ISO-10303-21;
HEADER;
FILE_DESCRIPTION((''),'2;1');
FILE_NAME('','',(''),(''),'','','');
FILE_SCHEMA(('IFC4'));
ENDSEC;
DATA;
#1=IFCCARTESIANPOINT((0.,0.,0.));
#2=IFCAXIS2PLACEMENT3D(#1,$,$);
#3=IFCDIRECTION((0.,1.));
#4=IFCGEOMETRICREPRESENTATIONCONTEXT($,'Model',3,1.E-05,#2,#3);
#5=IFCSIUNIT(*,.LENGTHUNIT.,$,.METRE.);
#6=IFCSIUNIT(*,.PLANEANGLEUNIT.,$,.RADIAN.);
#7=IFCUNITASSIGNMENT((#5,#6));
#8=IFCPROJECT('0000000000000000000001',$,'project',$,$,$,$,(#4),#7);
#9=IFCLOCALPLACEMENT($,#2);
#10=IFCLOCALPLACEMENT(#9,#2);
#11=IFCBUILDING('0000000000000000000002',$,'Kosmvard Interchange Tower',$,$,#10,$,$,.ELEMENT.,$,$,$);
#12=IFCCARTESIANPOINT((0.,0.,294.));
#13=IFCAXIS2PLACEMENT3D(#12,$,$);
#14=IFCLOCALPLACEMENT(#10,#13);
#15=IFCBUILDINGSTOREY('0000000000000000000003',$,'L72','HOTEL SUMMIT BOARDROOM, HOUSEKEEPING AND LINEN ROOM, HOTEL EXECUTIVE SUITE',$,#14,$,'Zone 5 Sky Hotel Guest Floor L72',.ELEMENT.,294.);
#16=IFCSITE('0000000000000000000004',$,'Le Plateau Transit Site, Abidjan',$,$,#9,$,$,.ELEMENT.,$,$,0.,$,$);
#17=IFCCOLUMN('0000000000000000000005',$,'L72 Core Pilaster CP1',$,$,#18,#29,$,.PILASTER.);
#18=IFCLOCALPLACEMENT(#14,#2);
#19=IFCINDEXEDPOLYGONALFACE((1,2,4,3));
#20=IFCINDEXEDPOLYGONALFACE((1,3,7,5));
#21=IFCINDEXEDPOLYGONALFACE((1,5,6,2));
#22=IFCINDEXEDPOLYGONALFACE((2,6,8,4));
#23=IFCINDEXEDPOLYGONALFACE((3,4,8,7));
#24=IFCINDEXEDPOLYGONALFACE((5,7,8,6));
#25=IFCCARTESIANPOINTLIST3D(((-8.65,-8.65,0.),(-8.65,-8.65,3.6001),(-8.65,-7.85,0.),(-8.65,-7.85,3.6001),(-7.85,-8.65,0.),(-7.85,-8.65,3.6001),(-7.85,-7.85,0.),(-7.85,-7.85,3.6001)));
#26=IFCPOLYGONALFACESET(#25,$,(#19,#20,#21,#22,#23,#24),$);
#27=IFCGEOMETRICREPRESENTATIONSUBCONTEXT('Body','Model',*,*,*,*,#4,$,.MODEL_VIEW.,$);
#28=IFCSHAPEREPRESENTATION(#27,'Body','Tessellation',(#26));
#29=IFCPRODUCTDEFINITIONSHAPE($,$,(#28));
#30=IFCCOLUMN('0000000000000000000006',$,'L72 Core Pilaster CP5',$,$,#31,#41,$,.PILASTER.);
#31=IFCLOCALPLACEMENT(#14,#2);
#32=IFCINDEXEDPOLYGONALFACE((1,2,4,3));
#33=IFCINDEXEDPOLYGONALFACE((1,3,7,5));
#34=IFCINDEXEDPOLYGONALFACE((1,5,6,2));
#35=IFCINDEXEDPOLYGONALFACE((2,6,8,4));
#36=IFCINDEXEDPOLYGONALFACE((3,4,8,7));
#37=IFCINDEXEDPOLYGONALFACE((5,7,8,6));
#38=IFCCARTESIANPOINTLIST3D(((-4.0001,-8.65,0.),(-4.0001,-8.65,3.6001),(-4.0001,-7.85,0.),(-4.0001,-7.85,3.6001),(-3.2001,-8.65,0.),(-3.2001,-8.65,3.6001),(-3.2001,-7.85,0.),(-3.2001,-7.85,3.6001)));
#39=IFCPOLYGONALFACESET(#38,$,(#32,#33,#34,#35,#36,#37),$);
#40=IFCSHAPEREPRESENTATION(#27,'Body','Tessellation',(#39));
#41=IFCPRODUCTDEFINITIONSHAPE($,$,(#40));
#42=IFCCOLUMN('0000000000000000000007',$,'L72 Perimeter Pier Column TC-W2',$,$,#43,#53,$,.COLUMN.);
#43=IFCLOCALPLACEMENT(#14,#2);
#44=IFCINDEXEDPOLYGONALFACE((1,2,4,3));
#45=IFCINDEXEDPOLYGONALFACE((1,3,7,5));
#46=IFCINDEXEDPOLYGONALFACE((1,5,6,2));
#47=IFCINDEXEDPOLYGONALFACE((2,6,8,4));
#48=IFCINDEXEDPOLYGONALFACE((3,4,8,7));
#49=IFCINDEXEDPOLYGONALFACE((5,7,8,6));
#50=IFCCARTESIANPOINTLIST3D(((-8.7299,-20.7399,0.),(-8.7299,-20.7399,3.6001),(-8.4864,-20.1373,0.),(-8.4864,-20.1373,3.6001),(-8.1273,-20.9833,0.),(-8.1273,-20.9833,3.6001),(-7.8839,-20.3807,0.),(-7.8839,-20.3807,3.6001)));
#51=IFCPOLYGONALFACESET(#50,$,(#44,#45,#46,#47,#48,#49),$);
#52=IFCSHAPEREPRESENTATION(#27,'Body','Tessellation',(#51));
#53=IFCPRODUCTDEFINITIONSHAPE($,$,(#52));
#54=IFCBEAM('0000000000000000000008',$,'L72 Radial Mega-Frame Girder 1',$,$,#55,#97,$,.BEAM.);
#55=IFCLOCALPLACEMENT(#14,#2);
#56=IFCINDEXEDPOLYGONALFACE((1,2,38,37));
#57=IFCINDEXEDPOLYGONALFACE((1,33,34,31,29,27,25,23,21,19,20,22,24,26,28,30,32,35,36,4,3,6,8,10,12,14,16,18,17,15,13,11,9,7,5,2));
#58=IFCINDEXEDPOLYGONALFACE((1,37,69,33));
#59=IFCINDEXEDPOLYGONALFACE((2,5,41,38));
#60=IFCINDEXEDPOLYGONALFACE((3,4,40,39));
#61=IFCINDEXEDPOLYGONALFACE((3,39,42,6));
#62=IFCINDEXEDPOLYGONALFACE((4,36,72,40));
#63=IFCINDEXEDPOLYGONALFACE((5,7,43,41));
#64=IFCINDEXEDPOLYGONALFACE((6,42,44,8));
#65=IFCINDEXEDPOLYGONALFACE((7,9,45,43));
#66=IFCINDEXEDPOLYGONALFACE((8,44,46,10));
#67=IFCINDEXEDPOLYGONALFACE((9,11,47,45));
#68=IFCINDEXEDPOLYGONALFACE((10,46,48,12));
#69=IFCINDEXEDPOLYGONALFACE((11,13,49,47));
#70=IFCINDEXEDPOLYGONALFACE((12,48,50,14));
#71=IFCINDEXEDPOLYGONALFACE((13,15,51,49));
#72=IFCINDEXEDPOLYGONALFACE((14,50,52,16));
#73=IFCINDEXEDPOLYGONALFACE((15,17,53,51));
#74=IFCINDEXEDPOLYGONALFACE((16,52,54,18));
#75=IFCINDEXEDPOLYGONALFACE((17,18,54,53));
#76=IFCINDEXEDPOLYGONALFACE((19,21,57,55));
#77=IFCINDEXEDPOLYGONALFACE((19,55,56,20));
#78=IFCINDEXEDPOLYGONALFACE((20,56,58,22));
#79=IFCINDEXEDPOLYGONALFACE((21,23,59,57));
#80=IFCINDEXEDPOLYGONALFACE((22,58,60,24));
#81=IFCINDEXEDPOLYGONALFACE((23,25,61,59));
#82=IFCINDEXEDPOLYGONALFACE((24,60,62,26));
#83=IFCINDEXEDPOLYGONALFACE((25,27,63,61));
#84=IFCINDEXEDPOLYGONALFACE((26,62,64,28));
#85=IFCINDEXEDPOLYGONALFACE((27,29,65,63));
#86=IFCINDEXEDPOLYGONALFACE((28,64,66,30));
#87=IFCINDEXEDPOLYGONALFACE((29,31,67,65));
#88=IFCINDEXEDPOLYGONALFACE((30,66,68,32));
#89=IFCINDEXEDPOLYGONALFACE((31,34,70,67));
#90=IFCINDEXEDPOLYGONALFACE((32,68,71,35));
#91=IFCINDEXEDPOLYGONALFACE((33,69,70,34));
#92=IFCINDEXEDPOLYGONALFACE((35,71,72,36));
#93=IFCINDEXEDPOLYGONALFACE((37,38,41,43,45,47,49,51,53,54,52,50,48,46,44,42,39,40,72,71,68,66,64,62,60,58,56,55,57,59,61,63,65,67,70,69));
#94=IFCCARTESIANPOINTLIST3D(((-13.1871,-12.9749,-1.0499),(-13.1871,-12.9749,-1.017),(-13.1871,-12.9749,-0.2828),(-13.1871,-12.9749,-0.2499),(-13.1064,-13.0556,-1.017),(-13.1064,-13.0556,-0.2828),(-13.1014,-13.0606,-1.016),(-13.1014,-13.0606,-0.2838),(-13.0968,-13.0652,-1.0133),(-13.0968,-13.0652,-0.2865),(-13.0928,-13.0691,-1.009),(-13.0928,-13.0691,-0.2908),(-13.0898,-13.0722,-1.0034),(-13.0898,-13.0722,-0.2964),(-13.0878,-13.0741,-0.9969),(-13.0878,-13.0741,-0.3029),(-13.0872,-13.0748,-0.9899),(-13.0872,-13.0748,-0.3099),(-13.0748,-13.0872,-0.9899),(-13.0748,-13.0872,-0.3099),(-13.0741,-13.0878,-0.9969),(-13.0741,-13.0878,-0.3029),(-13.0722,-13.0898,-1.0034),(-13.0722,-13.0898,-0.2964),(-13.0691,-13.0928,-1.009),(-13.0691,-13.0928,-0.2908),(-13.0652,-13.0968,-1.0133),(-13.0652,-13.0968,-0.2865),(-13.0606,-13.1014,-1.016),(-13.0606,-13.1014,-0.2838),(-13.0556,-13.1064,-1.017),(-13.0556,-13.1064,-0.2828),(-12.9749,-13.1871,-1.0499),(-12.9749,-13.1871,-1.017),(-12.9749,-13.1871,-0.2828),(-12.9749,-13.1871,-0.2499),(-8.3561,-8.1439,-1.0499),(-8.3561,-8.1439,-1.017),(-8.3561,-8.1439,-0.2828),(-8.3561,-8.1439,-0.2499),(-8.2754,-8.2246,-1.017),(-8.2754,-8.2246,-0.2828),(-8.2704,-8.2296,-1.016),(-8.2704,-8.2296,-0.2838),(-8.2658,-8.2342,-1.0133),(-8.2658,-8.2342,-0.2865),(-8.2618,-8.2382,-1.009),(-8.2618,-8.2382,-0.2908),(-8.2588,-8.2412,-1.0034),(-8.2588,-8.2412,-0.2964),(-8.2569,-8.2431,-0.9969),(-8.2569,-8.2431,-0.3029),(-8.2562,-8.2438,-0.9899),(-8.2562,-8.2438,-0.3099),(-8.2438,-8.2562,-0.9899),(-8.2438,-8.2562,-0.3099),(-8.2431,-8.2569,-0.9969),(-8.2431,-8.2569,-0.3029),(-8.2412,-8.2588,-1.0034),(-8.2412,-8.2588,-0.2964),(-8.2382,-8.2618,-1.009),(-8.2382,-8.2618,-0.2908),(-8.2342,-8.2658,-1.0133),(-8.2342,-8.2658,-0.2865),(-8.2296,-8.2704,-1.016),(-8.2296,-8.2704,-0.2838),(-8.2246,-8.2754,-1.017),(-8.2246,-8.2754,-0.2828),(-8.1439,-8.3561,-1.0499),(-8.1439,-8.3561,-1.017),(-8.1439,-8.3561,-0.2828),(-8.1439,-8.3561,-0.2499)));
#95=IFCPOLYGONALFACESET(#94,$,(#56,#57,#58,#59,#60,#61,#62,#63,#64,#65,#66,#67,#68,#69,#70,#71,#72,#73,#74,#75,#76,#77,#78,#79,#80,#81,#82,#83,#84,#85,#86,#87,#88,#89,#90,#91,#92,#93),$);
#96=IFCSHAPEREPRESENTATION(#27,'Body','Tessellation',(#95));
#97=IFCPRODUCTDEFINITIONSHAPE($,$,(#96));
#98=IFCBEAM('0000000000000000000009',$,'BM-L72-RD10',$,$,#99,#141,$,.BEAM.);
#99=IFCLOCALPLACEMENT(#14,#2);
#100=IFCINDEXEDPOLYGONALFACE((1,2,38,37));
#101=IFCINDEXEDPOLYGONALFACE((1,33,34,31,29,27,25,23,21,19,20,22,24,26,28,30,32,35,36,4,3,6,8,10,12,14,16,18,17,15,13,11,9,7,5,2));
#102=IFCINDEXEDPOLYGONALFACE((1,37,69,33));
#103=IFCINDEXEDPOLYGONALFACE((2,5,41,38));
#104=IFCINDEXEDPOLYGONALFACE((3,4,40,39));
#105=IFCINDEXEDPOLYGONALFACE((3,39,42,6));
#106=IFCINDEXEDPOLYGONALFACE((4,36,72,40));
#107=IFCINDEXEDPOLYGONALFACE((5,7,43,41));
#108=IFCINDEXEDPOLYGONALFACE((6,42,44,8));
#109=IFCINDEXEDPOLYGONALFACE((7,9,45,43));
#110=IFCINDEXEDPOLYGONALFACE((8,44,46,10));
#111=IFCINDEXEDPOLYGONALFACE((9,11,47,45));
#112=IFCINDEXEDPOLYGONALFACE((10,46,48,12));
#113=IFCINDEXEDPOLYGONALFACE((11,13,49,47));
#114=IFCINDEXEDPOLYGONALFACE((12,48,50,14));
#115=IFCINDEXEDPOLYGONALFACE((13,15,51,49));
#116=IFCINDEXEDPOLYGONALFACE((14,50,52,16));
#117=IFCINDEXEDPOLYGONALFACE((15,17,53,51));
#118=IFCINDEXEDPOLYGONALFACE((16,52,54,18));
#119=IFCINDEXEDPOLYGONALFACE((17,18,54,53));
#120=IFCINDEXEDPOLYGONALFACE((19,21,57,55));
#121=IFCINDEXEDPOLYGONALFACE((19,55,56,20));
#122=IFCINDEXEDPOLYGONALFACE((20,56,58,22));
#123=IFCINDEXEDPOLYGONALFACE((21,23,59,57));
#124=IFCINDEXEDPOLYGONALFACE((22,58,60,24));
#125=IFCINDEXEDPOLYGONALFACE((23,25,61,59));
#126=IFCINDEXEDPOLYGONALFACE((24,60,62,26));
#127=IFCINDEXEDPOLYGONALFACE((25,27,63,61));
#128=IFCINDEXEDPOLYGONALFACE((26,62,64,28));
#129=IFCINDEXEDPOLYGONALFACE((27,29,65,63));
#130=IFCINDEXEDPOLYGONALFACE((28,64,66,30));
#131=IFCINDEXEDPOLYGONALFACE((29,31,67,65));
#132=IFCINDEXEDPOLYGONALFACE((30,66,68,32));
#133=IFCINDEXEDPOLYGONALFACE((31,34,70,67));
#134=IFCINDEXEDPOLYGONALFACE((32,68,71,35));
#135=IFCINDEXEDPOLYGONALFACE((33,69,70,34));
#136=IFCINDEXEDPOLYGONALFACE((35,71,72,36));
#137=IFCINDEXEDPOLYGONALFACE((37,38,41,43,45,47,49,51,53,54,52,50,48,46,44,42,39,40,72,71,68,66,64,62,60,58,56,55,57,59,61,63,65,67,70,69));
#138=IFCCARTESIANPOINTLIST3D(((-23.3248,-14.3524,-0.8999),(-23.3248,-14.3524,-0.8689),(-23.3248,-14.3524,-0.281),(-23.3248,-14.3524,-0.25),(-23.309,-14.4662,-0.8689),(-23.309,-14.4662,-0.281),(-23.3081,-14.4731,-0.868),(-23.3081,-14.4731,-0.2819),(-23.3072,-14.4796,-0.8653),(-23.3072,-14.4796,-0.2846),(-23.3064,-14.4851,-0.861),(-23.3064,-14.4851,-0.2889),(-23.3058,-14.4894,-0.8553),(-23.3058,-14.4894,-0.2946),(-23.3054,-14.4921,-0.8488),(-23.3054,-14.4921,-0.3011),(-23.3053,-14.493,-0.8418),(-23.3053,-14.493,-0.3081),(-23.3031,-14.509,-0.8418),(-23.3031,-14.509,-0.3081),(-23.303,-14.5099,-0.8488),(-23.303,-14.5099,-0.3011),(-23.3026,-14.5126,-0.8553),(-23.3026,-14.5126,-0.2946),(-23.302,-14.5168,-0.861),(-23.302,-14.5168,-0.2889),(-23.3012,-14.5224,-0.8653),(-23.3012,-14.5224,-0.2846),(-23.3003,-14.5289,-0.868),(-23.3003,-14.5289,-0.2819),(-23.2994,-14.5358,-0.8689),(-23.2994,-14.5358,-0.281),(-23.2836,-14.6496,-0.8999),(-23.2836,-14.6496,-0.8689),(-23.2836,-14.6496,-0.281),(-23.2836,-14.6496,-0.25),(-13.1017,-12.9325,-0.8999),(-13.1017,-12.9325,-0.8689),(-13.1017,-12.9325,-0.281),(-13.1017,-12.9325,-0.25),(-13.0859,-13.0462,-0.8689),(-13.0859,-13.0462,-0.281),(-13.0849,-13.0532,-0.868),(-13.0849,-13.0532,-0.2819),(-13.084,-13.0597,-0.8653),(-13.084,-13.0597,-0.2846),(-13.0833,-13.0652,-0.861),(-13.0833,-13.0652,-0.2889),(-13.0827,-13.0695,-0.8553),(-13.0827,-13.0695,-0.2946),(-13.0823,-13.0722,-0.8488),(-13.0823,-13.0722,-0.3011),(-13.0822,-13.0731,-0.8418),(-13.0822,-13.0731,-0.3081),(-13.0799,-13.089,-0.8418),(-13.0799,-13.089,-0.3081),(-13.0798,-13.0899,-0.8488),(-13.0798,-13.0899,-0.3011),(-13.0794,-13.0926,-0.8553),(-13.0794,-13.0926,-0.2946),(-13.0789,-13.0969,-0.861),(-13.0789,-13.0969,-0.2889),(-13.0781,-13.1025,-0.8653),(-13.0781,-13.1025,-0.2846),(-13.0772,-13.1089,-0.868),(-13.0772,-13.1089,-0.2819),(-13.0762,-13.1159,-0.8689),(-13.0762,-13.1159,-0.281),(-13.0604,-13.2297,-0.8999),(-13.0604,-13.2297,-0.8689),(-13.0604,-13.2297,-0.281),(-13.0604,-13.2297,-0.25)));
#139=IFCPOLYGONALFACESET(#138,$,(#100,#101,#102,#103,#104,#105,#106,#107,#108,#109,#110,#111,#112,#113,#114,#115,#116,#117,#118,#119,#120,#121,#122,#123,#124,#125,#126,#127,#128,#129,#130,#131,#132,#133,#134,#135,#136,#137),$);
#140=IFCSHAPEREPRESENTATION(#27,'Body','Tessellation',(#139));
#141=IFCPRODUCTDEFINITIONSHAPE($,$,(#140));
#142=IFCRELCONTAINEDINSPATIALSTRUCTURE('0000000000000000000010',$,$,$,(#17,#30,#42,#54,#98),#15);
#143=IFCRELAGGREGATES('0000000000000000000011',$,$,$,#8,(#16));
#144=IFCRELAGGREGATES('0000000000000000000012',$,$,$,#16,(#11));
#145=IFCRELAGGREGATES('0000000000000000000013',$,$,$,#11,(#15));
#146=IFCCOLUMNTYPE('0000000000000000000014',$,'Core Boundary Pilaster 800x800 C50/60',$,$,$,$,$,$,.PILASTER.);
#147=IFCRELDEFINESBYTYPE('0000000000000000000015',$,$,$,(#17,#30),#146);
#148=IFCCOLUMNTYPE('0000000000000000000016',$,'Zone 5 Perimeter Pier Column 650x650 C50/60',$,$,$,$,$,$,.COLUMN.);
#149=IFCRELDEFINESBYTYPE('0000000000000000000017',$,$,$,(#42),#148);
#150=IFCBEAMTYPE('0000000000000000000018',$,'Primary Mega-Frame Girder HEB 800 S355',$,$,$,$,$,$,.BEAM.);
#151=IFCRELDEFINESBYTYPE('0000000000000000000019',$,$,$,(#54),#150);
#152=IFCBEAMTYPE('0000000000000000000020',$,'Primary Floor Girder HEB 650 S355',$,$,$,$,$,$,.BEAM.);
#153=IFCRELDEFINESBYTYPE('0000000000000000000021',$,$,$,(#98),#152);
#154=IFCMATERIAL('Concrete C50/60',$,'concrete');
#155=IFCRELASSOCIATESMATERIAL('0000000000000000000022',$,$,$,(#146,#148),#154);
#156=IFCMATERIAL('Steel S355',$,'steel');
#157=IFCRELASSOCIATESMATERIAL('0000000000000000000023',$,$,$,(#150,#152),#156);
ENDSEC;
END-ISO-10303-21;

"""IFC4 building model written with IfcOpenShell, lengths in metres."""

from ifc_helpers import new_model, si_unit, direction, frame, origin, origin_2d, place, context, subcontext, project, spatial, rectangle, i_section, extrude, source, transform, mapped, material, material_profile, profile_set, type_object, element, save


model = new_model("IFC4")

# Units and contexts
model_context = context("Model", 3, precision=1e-05, world=origin(), true_north=direction((0.0, 1.0)))
body_context = subcontext(model_context, "Body", "Model", "MODEL_VIEW")
ifc_project = project(units=[si_unit("LENGTHUNIT", "METRE"), si_unit("PLANEANGLEUNIT", "RADIAN")], contexts=[model_context])

# Site, building, storey
site_placement = place(None, origin())
site = spatial("IfcSite", under=ifc_project, at=site_placement, Name="Le Plateau Transit Site, Abidjan", CompositionType="ELEMENT", RefElevation=0.0)
building_placement = place(site_placement, origin())
building = spatial("IfcBuilding", under=site, at=building_placement, Name="Kosmvard Interchange Tower", CompositionType="ELEMENT")
storey_placement = place(building_placement, frame((0.0, 0.0, 294.0)))
storey = spatial("IfcBuildingStorey", under=building, at=storey_placement, Name="L72", Description="HOTEL SUMMIT BOARDROOM, HOUSEKEEPING AND LINEN ROOM, HOTEL EXECUTIVE SUITE", LongName="Zone 5 Sky Hotel Guest Floor L72", CompositionType="ELEMENT", Elevation=294.0)

# Columns
ifc_material_1 = material(Name="Concrete C50/60", Category="concrete")
ifc_material_profile_1 = material_profile(ifc_material_1, rectangle(XDim=0.8, YDim=0.8, at=origin_2d()), Name="CP 800x800")
ifc_profile_set_1 = profile_set([ifc_material_profile_1], Name="Concrete C50/60")
column_type_1 = type_object("IfcColumnType", Name="Core Boundary Pilaster 800x800 C50/60", PredefinedType="PILASTER", material=ifc_profile_set_1)
shared_shape_1 = source(origin(), body_context, "Body", "SweptSolid", [
    extrude(rectangle(XDim=0.8, YDim=0.8, at=origin_2d()), origin(), (0.0, 0.0, 1.0), 3.6001),
])
for number, where, z_axis, x_axis, name in (
    (1, (-8.25, -8.25, 0.0), (0.0, 0.0, 1.0), (1.0, 0.0, 0.0), "L72 Core Pilaster CP1"),
    (2, (-3.6001, -8.25, 0.0), (0.0, 0.0, 1.0), (1.0, 0.0, 0.0), "L72 Core Pilaster CP5"),
):
    element("IfcColumn", number, at=place(storey_placement, frame(where, z_axis=z_axis, x_axis=x_axis)), inside=storey, type_object=column_type_1, Name=name, PredefinedType="PILASTER", context=body_context, shape_type="MappedRepresentation", body=[
        mapped(shared_shape_1, transform((0.0, 0.0, 0.0), scale=1.0)),
    ])
ifc_material_profile_2 = material_profile(ifc_material_1, rectangle(XDim=0.6499, YDim=0.6499, at=origin_2d()), Name="TC 650x650")
ifc_profile_set_2 = profile_set([ifc_material_profile_2], Name="Concrete C50/60")
column_type_2 = type_object("IfcColumnType", Name="Zone 5 Perimeter Pier Column 650x650 C50/60", PredefinedType="COLUMN", material=ifc_profile_set_2)
shared_shape_2 = source(origin(), body_context, "Body", "SweptSolid", [
    extrude(rectangle(XDim=0.6499, YDim=0.6499, at=origin_2d()), origin(), (0.0, 0.0, 1.0), 3.6001),
])
column_placement = place(storey_placement, frame((-8.3069, -20.5603, 0.0), z_axis=(0.0, 0.0, 1.0), x_axis=(0.374607, 0.927184, 0.0)))
element("IfcColumn", 3, at=column_placement, inside=storey, type_object=column_type_2, Name="L72 Perimeter Pier Column TC-W2", PredefinedType="COLUMN", context=body_context, shape_type="MappedRepresentation", body=[
    mapped(shared_shape_2, transform((0.0, 0.0, 0.0), scale=1.0)),
])

# Beams
ifc_material_2 = material(Name="Steel S355", Category="steel")
ifc_material_profile_3 = material_profile(ifc_material_2, i_section(OverallWidth=0.3, OverallDepth=0.8, WebThickness=0.0176, FlangeThickness=0.033, FilletRadius=0.0271, at=origin_2d()), Name="HEB 800")
ifc_profile_set_3 = profile_set([ifc_material_profile_3], Name="Steel S355")
beam_type_1 = type_object("IfcBeamType", Name="Primary Mega-Frame Girder HEB 800 S355", PredefinedType="BEAM", material=ifc_profile_set_3)
shared_shape_3 = source(origin(), body_context, "Body", "SweptSolid", [
    extrude(i_section(OverallWidth=0.3, OverallDepth=0.8, WebThickness=0.0176, FlangeThickness=0.033, FilletRadius=0.0271, at=origin_2d()), origin(), (0.0, 0.0, 1.0), 6.832),
])
beam_1_placement = place(storey_placement, frame((-8.25, -8.25, -0.6499), z_axis=(-0.707107, -0.707107, 0.0), x_axis=(0.707107, -0.707107, 0.0)))
element("IfcBeam", 4, at=beam_1_placement, inside=storey, type_object=beam_type_1, Name="L72 Radial Mega-Frame Girder 1", PredefinedType="BEAM", context=body_context, shape_type="MappedRepresentation", body=[
    mapped(shared_shape_3, transform((0.0, 0.0, 0.0), scale=1.0)),
])
ifc_material_profile_4 = material_profile(ifc_material_2, i_section(OverallWidth=0.3, OverallDepth=0.6499, WebThickness=0.0161, FlangeThickness=0.031, FilletRadius=0.0271, at=origin_2d()), Name="HEB 650")
ifc_profile_set_4 = profile_set([ifc_material_profile_4], Name="Steel S355")
beam_type_2 = type_object("IfcBeamType", Name="Primary Floor Girder HEB 650 S355", PredefinedType="BEAM", material=ifc_profile_set_4)
shared_shape_4 = source(origin(), body_context, "Body", "SweptSolid", [
    extrude(i_section(OverallWidth=0.3, OverallDepth=0.6499, WebThickness=0.0161, FlangeThickness=0.031, FilletRadius=0.0271, at=origin_2d()), origin(), (0.0, 0.0, 1.0), 10.3213),
])
beam_2_placement = place(storey_placement, frame((-13.0811, -13.0811, -0.575), z_axis=(-0.990492, -0.137572, 0.0), x_axis=(0.137572, -0.990492, 0.0)))
element("IfcBeam", 5, at=beam_2_placement, inside=storey, type_object=beam_type_2, Name="BM-L72-RD10", PredefinedType="BEAM", context=body_context, shape_type="MappedRepresentation", body=[
    mapped(shared_shape_4, transform((0.0, 0.0, 0.0), scale=1.0)),
])

save(model, "model.ifc")
